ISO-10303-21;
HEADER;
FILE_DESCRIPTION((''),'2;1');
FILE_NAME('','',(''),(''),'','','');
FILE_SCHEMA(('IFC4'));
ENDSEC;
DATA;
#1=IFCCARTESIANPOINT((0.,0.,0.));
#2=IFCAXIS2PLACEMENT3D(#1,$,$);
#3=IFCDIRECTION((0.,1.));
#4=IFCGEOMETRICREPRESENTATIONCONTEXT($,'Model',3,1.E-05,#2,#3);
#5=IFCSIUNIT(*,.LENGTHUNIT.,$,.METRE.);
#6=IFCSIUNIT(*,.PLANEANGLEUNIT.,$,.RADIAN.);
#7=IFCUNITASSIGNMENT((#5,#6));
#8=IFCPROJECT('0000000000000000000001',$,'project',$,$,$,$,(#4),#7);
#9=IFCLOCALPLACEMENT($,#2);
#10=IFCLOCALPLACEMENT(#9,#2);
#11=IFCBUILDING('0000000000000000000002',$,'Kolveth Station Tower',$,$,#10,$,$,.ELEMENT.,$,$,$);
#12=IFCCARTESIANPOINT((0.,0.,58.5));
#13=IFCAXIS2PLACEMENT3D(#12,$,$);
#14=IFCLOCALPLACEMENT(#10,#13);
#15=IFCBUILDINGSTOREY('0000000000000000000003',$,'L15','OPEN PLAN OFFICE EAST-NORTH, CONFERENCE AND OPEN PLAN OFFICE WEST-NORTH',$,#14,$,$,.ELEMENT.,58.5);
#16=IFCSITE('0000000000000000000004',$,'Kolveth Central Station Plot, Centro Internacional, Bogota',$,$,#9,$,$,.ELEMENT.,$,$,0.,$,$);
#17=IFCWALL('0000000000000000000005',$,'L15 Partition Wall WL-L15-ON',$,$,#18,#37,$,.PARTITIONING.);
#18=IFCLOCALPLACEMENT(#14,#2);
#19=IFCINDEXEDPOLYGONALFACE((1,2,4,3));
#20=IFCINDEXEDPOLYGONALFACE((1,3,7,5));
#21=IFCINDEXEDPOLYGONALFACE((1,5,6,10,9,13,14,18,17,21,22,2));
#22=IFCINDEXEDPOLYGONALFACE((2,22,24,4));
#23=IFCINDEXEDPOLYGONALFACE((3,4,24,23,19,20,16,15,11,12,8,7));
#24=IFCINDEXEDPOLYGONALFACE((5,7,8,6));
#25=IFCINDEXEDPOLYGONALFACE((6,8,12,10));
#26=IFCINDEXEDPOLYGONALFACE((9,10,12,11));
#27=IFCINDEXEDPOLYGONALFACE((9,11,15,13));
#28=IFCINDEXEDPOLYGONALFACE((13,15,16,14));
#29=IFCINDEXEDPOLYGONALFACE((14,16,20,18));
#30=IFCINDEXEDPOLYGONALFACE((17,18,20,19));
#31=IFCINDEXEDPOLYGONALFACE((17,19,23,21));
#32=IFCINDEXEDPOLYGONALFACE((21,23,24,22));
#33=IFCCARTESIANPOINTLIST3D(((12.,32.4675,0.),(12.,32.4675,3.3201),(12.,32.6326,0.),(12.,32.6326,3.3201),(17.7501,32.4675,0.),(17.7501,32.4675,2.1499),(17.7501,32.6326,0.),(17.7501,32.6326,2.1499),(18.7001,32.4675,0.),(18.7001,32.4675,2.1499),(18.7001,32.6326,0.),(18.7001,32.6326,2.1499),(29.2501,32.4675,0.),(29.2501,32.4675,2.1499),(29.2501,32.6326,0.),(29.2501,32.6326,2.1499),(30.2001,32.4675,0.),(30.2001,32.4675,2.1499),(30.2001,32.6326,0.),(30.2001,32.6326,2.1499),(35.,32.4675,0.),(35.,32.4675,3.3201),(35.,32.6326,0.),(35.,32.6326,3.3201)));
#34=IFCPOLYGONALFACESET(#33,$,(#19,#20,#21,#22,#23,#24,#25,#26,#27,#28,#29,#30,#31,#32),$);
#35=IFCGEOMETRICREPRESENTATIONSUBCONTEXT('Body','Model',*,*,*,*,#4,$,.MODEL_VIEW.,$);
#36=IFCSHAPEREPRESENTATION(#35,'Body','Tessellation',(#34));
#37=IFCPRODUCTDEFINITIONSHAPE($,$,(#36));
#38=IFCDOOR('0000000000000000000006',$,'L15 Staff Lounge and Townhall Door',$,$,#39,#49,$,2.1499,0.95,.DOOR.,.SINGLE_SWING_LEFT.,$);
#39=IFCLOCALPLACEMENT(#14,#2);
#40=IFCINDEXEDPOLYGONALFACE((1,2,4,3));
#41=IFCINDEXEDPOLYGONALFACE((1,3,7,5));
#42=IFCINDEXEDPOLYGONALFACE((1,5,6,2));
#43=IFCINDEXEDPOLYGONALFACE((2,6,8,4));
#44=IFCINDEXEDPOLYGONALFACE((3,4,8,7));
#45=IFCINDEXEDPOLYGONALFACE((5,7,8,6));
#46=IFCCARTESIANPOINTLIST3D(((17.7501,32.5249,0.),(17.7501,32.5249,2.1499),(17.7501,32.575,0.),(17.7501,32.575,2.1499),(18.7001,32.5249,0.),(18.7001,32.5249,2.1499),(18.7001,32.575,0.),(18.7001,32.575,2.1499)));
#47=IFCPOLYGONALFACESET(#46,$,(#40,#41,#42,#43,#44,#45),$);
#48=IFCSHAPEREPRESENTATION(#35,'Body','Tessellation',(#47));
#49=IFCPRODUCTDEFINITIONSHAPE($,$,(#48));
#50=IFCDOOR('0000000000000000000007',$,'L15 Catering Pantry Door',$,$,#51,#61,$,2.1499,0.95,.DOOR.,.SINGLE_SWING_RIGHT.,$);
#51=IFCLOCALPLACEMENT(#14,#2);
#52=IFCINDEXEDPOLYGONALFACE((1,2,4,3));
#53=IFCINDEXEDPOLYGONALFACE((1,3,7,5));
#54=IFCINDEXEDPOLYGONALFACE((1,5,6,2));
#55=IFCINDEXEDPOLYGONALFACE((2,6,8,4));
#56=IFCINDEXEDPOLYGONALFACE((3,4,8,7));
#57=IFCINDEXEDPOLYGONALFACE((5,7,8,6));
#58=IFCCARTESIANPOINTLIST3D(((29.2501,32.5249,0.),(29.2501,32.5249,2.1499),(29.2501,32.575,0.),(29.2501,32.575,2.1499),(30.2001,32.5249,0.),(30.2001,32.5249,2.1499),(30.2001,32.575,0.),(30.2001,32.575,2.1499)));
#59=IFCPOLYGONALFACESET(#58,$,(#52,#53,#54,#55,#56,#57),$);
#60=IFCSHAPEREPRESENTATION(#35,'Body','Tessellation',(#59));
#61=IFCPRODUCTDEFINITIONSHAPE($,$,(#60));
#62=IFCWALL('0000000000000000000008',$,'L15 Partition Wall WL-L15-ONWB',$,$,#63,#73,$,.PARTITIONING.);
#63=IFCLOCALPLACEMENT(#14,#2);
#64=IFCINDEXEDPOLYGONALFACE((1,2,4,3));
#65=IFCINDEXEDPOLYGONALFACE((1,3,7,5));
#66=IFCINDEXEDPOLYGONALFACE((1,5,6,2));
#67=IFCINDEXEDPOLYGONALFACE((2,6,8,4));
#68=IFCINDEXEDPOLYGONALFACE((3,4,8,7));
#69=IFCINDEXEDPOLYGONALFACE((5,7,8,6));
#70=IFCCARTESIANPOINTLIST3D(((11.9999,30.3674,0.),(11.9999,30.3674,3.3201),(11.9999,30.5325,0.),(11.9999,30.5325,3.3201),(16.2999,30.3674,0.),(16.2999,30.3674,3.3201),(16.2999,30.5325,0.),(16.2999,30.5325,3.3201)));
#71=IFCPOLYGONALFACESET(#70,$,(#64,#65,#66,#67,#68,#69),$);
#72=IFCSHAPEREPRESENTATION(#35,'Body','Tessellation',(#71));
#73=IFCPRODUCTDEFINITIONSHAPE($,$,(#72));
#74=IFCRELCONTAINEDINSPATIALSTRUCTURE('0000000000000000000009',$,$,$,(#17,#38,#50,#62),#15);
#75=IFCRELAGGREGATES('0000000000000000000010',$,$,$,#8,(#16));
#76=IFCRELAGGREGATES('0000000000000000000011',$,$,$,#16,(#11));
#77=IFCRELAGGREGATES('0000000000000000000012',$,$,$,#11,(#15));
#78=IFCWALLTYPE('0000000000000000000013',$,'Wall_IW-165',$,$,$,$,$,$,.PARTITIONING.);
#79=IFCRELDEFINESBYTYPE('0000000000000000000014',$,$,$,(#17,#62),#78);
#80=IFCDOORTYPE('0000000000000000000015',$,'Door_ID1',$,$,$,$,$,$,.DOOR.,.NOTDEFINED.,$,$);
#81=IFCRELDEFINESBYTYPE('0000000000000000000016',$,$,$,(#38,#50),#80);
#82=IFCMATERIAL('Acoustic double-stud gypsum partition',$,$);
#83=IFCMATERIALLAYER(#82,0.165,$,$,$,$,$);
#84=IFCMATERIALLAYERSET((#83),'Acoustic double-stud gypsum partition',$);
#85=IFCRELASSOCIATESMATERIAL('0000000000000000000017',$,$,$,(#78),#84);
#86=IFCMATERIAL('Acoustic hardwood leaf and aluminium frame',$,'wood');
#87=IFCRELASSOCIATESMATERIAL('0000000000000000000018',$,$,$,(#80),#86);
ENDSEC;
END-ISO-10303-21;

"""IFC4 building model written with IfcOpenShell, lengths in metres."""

from ifc_helpers import new_model, si_unit, direction, frame, frame_2d, origin, place, context, subcontext, project, spatial, rectangle, extrude, material, layer, layer_set, type_object, element, fill, save


model = new_model("IFC4")

# Units and contexts
model_context = context("Model", 3, precision=1e-05, world=origin(), true_north=direction((0.0, 1.0)))
body_context = subcontext(model_context, "Body", "Model", "MODEL_VIEW")
ifc_project = project(units=[si_unit("LENGTHUNIT", "METRE"), si_unit("PLANEANGLEUNIT", "RADIAN")], contexts=[model_context])

# Site, building, storey
site_placement = place(None, origin())
site = spatial("IfcSite", under=ifc_project, at=site_placement, Name="Kolveth Central Station Plot, Centro Internacional, Bogota", CompositionType="ELEMENT", RefElevation=0.0)
building_placement = place(site_placement, origin())
building = spatial("IfcBuilding", under=site, at=building_placement, Name="Kolveth Station Tower", CompositionType="ELEMENT")
storey_placement = place(building_placement, frame((0.0, 0.0, 58.5)))
storey = spatial("IfcBuildingStorey", under=building, at=storey_placement, Name="L15", Description="OPEN PLAN OFFICE EAST-NORTH, CONFERENCE AND OPEN PLAN OFFICE WEST-NORTH", CompositionType="ELEMENT", Elevation=58.5)

# Wall, openings, doors
ifc_material_1 = material(Name="Acoustic double-stud gypsum partition")
ifc_layer_1 = layer(ifc_material_1, 0.165)
ifc_layer_set_1 = layer_set([ifc_layer_1], Name="Acoustic double-stud gypsum partition")
wall_type = type_object("IfcWallType", Name="Wall_IW-165", PredefinedType="PARTITIONING", material=ifc_layer_set_1)
wall_1_placement = place(storey_placement, frame((12.0, 32.55, 0.0), z_axis=(0.0, 0.0, 1.0), x_axis=(1.0, 0.0, 0.0)))
wall_1 = element("IfcWall", 1, at=wall_1_placement, inside=storey, type_object=wall_type, Name="L15 Partition Wall WL-L15-ON", PredefinedType="PARTITIONING", context=body_context, shape_type="SweptSolid", body=[
    extrude(rectangle(XDim=23.0, YDim=0.165, at=frame_2d((11.5, 0.0))), origin(), (0.0, 0.0, 1.0), 3.3201),
])
opening_1_placement = place(wall_1_placement, frame((5.75, 0.0, 0.0)))
opening_1 = element("IfcOpeningElement", 2, at=opening_1_placement, cuts=wall_1, PredefinedType="OPENING", context=body_context, shape_type="SweptSolid", body=[
    extrude(rectangle(XDim=0.95, YDim=2.1499, at=frame_2d((0.4751, 1.075))), frame((0.0, 0.0925, 0.0), z_axis=(0.0, -1.0, 0.0), x_axis=(1.0, 0.0, 0.0)), (0.0, 0.0, 1.0), 0.1851),
])
opening_2_placement = place(wall_1_placement, frame((17.25, 0.0, 0.0)))
opening_2 = element("IfcOpeningElement", 3, at=opening_2_placement, cuts=wall_1, PredefinedType="OPENING", context=body_context, shape_type="SweptSolid", body=[
    extrude(rectangle(XDim=0.95, YDim=2.1499, at=frame_2d((0.4751, 1.075))), frame((0.0, 0.0925, 0.0), z_axis=(0.0, -1.0, 0.0), x_axis=(1.0, 0.0, 0.0)), (0.0, 0.0, 1.0), 0.1851),
])
ifc_material_2 = material(Name="Acoustic hardwood leaf and aluminium frame", Category="wood")
door_type = type_object("IfcDoorType", Name="Door_ID1", OperationType="NOTDEFINED", PredefinedType="DOOR", material=ifc_material_2)
door_1_placement = place(opening_1_placement, origin())
door_1 = element("IfcDoor", 4, at=door_1_placement, inside=storey, type_object=door_type, Name="L15 Staff Lounge and Townhall Door", OperationType="SINGLE_SWING_LEFT", OverallHeight=2.1499, OverallWidth=0.95, PredefinedType="DOOR", context=body_context, shape_type="SweptSolid", body=[
    extrude(rectangle(XDim=0.95, YDim=2.1499, at=frame_2d((0.4751, 1.075))), frame((0.0, 0.0249, 0.0), z_axis=(0.0, -1.0, 0.0), x_axis=(1.0, 0.0, 0.0)), (0.0, 0.0, 1.0), 0.05),
])
fill(opening_1, door_1)
door_2_placement = place(opening_2_placement, origin())
door_2 = element("IfcDoor", 5, at=door_2_placement, inside=storey, type_object=door_type, Name="L15 Catering Pantry Door", OperationType="SINGLE_SWING_RIGHT", OverallHeight=2.1499, OverallWidth=0.95, PredefinedType="DOOR", context=body_context, shape_type="SweptSolid", body=[
    extrude(rectangle(XDim=0.95, YDim=2.1499, at=frame_2d((0.4751, 1.075))), frame((0.0, 0.0249, 0.0), z_axis=(0.0, -1.0, 0.0), x_axis=(1.0, 0.0, 0.0)), (0.0, 0.0, 1.0), 0.05),
])
fill(opening_2, door_2)

# Wall
wall_2_placement = place(storey_placement, frame((12.0, 30.45, 0.0), z_axis=(0.0, 0.0, 1.0), x_axis=(1.0, 0.0, 0.0)))
element("IfcWall", 6, at=wall_2_placement, inside=storey, type_object=wall_type, Name="L15 Partition Wall WL-L15-ONWB", PredefinedType="PARTITIONING", context=body_context, shape_type="SweptSolid", body=[
    extrude(rectangle(XDim=4.3, YDim=0.165, at=frame_2d((2.1499, 0.0))), origin(), (0.0, 0.0, 1.0), 3.3201),
])

save(model, "model.ifc")
